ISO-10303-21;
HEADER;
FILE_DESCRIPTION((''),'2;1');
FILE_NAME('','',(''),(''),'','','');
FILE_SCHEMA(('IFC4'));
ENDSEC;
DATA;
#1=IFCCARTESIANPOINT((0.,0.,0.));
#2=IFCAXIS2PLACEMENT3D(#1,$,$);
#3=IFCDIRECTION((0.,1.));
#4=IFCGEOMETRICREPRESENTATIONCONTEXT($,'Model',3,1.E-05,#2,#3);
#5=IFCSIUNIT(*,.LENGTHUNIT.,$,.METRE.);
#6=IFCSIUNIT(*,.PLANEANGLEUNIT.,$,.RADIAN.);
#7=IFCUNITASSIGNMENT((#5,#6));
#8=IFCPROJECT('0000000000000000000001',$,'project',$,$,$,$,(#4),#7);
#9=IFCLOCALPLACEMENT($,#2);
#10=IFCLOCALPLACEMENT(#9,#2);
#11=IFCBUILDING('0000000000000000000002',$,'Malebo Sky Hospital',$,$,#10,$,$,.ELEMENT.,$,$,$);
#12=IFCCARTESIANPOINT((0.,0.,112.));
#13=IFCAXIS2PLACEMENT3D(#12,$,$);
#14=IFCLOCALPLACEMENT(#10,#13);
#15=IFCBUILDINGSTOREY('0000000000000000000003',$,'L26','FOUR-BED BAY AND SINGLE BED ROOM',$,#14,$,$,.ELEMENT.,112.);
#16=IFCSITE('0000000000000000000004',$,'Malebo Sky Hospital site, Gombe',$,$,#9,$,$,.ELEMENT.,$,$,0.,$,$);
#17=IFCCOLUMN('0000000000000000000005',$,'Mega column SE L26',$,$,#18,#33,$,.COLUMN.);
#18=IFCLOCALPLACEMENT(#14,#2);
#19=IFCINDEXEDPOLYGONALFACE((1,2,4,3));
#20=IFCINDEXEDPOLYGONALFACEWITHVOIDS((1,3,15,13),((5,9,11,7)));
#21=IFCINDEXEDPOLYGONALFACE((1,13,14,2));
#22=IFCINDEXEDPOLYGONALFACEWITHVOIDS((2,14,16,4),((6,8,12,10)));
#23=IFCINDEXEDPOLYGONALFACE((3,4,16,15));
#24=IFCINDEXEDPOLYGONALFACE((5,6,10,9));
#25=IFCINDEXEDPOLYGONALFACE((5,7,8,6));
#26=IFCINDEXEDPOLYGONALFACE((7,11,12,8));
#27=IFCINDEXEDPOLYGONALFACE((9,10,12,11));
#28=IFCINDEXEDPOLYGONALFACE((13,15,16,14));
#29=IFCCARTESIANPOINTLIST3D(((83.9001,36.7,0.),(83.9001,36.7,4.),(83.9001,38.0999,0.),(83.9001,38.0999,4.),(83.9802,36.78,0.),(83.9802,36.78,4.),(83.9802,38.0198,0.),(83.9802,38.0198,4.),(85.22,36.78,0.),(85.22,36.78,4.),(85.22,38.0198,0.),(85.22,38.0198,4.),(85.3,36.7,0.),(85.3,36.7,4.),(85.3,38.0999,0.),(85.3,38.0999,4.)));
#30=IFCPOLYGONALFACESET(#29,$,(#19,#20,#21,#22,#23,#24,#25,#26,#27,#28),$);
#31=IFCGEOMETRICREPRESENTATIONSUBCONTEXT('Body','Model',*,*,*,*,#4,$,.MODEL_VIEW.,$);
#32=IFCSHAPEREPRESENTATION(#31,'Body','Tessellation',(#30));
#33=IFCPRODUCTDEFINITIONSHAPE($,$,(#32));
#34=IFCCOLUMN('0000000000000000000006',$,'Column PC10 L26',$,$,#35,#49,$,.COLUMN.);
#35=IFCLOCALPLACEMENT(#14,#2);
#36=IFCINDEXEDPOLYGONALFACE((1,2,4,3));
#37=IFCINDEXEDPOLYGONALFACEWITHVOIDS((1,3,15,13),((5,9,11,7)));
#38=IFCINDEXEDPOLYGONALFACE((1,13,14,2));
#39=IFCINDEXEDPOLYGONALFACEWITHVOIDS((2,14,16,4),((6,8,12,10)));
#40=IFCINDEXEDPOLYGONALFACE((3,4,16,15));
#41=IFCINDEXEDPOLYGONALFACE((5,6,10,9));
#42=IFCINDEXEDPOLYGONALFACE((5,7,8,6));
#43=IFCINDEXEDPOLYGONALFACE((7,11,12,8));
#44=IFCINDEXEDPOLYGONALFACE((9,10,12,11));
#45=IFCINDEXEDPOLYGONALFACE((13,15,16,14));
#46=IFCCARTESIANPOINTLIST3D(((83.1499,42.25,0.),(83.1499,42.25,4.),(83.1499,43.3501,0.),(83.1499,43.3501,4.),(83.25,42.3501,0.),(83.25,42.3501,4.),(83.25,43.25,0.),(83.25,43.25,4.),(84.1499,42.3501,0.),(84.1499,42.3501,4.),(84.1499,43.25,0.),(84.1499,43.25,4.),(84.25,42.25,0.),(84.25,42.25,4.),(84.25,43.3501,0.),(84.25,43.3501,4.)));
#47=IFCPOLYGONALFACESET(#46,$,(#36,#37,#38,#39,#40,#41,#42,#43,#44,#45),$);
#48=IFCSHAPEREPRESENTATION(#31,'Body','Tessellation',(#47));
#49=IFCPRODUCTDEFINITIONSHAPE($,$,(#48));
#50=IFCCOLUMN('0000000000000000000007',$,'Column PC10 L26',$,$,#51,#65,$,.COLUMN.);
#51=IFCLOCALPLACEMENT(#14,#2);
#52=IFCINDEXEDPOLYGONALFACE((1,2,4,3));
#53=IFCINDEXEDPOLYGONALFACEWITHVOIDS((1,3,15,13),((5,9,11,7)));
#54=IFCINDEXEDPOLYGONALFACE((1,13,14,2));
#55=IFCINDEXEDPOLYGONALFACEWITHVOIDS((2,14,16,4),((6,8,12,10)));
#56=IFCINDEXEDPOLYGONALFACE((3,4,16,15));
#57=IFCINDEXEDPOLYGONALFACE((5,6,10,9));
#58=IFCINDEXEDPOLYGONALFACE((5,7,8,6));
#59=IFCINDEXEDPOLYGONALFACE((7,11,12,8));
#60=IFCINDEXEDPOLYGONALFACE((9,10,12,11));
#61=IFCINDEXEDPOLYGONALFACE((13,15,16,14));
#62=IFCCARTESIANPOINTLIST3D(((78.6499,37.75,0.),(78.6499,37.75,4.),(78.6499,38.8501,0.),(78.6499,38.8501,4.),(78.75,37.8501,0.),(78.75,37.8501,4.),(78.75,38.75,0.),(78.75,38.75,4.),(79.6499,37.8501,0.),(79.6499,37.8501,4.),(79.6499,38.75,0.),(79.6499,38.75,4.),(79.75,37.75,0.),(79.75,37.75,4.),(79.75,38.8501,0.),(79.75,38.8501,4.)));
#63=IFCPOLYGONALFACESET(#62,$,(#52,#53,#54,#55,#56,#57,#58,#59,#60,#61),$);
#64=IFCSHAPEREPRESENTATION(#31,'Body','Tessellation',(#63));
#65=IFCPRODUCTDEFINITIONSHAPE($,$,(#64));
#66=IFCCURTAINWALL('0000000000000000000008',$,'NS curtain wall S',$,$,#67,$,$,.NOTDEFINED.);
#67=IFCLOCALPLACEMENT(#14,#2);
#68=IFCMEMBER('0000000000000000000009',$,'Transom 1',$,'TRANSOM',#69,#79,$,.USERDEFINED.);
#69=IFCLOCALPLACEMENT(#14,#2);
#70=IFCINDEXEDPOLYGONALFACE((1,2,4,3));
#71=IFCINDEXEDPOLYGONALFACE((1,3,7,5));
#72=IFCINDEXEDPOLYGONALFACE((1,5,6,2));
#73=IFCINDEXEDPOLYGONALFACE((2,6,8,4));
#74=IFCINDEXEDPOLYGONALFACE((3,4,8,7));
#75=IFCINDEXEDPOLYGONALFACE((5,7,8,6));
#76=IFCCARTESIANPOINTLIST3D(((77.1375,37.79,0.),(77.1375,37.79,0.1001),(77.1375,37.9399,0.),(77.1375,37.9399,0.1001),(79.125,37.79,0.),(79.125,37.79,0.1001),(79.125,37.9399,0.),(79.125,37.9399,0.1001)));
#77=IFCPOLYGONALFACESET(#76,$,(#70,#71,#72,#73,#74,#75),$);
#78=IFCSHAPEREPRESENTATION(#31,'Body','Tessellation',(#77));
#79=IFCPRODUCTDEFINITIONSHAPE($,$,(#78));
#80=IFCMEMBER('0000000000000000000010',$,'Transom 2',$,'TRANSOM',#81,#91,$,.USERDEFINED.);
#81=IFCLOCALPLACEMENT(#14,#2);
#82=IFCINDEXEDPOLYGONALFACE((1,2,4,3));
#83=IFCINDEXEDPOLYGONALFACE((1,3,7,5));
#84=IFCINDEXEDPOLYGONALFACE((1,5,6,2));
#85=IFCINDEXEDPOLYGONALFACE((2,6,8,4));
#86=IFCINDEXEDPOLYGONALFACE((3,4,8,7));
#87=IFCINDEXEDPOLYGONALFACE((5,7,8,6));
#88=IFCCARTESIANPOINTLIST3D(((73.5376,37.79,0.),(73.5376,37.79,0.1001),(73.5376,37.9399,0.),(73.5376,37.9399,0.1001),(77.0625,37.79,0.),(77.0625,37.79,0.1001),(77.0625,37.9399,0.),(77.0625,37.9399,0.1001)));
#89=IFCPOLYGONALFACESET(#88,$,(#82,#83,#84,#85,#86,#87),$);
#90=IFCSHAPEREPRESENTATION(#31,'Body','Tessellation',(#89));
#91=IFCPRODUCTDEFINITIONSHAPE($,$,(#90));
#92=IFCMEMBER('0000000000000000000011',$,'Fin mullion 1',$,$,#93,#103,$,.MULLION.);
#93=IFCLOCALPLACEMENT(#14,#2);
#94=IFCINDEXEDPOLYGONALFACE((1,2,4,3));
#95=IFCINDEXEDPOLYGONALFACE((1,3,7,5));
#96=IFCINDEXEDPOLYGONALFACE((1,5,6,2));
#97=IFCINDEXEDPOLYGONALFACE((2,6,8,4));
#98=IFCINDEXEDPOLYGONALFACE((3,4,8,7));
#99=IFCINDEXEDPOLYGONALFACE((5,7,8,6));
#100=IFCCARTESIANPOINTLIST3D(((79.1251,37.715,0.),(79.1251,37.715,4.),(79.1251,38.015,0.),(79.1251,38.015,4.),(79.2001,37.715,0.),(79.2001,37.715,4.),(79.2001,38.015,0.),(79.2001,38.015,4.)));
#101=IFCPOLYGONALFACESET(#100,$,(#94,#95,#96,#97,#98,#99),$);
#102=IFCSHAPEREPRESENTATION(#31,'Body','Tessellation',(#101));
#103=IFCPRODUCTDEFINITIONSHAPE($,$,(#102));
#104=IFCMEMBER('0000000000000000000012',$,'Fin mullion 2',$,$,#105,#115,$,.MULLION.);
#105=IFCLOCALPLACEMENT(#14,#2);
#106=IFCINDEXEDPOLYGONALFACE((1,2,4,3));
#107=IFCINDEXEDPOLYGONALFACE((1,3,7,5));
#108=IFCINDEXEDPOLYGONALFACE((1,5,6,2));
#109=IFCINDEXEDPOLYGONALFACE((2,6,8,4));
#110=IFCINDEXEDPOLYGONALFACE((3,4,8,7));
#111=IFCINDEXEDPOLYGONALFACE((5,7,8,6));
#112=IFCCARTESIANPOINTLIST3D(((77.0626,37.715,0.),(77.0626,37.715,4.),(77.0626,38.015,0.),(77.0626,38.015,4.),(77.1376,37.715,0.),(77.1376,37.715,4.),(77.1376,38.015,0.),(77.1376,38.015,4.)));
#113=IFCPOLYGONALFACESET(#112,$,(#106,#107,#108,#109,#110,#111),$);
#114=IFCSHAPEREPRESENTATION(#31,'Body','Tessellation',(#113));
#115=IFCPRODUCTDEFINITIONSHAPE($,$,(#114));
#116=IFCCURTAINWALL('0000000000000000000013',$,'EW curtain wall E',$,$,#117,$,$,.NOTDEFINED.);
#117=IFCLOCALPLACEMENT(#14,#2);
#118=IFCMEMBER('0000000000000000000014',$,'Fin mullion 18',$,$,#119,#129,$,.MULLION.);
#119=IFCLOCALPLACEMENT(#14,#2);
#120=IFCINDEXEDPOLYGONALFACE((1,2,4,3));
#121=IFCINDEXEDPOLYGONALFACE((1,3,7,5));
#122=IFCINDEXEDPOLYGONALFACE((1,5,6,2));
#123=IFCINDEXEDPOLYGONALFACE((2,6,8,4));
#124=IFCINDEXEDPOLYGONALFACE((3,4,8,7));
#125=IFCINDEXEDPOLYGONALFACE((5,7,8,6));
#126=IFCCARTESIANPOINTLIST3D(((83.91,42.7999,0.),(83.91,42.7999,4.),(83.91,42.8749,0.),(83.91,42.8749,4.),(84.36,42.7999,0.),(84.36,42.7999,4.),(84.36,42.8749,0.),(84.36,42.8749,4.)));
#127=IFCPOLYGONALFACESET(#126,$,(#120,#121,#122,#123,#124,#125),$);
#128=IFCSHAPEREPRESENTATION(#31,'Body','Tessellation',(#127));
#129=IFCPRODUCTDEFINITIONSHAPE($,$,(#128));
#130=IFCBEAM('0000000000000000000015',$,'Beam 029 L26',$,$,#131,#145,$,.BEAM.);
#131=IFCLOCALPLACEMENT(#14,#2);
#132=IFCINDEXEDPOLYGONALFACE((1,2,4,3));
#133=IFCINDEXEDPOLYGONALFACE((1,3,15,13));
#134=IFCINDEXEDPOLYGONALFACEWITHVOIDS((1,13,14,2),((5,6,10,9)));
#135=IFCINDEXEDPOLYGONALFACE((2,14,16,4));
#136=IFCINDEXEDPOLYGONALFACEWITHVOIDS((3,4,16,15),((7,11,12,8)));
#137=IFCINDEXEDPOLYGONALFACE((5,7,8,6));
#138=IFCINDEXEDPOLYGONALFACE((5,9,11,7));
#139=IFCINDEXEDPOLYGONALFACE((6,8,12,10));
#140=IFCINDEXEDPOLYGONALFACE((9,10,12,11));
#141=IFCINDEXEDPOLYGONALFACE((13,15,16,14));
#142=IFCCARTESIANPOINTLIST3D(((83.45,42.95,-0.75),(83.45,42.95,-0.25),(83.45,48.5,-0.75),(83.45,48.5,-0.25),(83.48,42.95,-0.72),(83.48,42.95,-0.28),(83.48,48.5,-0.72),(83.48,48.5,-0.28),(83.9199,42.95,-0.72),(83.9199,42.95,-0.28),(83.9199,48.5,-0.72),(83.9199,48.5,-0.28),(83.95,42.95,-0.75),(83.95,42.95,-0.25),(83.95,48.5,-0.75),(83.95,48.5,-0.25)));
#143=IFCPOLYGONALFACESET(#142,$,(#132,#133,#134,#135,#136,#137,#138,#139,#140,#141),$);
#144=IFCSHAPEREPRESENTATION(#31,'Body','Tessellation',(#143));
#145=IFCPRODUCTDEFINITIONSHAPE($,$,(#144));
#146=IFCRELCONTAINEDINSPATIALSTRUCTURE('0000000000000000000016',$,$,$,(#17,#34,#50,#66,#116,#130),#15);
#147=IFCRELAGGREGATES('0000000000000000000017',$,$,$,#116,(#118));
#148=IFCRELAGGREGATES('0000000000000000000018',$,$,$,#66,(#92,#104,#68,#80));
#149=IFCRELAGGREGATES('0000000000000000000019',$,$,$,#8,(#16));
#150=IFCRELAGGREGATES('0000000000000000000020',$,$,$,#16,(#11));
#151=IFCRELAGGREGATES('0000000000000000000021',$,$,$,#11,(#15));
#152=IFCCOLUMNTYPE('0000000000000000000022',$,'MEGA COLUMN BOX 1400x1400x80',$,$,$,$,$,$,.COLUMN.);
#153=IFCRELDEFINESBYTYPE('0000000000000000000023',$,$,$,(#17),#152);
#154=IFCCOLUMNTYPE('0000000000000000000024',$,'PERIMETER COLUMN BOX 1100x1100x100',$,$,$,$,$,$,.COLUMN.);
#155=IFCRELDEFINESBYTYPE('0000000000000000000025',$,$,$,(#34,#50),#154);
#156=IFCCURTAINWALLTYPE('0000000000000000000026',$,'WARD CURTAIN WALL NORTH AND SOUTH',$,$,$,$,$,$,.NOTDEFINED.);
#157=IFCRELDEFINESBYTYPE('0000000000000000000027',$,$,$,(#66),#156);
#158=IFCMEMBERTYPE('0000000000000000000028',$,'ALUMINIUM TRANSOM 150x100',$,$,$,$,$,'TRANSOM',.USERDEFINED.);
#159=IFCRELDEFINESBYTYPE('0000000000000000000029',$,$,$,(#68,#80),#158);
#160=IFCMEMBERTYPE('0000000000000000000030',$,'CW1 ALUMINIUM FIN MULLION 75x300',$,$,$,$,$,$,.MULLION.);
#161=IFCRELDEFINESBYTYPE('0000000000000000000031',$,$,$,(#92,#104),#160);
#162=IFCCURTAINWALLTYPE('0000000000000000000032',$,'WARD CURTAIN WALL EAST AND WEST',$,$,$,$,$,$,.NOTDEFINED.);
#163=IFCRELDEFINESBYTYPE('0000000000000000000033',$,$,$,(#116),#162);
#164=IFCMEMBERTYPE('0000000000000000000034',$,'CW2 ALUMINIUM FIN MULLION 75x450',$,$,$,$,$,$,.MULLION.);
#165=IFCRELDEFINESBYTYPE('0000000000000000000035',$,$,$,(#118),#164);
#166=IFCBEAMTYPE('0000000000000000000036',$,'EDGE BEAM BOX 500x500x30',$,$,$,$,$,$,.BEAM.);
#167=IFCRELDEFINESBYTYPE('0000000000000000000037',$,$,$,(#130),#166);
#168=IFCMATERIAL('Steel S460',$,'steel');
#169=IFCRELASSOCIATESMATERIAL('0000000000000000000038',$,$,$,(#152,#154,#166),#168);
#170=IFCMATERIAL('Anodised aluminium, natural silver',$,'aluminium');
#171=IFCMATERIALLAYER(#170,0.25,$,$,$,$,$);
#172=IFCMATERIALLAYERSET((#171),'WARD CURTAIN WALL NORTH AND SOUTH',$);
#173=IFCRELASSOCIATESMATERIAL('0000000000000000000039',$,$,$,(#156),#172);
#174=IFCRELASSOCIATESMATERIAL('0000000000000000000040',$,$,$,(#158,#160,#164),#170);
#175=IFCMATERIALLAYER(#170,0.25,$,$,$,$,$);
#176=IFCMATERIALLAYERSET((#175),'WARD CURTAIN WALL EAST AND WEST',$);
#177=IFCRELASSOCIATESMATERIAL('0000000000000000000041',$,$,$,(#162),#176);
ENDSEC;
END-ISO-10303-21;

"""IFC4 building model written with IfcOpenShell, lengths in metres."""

from ifc_helpers import new_model, si_unit, direction, frame, origin, origin_2d, place, context, subcontext, project, spatial, rectangle, hollow_rectangle, extrude, material, layer, layer_set, material_profile, profile_set, type_object, element, aggregate, save


model = new_model("IFC4")

# Units and contexts
model_context = context("Model", 3, precision=1e-05, world=origin(), true_north=direction((0.0, 1.0)))
body_context = subcontext(model_context, "Body", "Model", "MODEL_VIEW")
ifc_project = project(units=[si_unit("LENGTHUNIT", "METRE"), si_unit("PLANEANGLEUNIT", "RADIAN")], contexts=[model_context])

# Site, building, storey
site_placement = place(None, origin())
site = spatial("IfcSite", under=ifc_project, at=site_placement, Name="Malebo Sky Hospital site, Gombe", CompositionType="ELEMENT", RefElevation=0.0)
building_placement = place(site_placement, origin())
building = spatial("IfcBuilding", under=site, at=building_placement, Name="Malebo Sky Hospital", CompositionType="ELEMENT")
storey_placement = place(building_placement, frame((0.0, 0.0, 112.0)))
storey = spatial("IfcBuildingStorey", under=building, at=storey_placement, Name="L26", Description="FOUR-BED BAY AND SINGLE BED ROOM", CompositionType="ELEMENT", Elevation=112.0)

# Columns
ifc_material_1 = material(Name="Steel S460", Category="steel")
ifc_material_profile_1 = material_profile(ifc_material_1, hollow_rectangle(XDim=1.3999, YDim=1.3999, WallThickness=0.0801, at=origin_2d()), Name="BOX 1400x1400x80")
ifc_profile_set_1 = profile_set([ifc_material_profile_1], Name="Steel S460")
column_type_1 = type_object("IfcColumnType", Name="MEGA COLUMN BOX 1400x1400x80", PredefinedType="COLUMN", material=ifc_profile_set_1)
column_placement = place(storey_placement, frame((84.6001, 37.3999, 0.0), z_axis=(0.0, 0.0, 1.0), x_axis=(1.0, 0.0, 0.0)))
element("IfcColumn", 1, at=column_placement, inside=storey, type_object=column_type_1, Name="Mega column SE L26", PredefinedType="COLUMN", context=body_context, shape_type="SweptSolid", body=[
    extrude(hollow_rectangle(XDim=1.3999, YDim=1.3999, WallThickness=0.0801, at=origin_2d()), origin(), (0.0, 0.0, 1.0), 4.0),
])
ifc_material_profile_2 = material_profile(ifc_material_1, hollow_rectangle(XDim=1.1001, YDim=1.1001, WallThickness=0.1001, at=origin_2d()), Name="BOX 1100x1100x100")
ifc_profile_set_2 = profile_set([ifc_material_profile_2], Name="Steel S460")
column_type_2 = type_object("IfcColumnType", Name="PERIMETER COLUMN BOX 1100x1100x100", PredefinedType="COLUMN", material=ifc_profile_set_2)
for number, where, z_axis, x_axis, name in (
    (2, (83.7, 42.8, 0.0), (0.0, 0.0, 1.0), (1.0, 0.0, 0.0), "Column PC10 L26"),
    (3, (79.2, 38.3, 0.0), (0.0, 0.0, 1.0), (1.0, 0.0, 0.0), "Column PC10 L26"),
):
    element("IfcColumn", number, at=place(storey_placement, frame(where, z_axis=z_axis, x_axis=x_axis)), inside=storey, type_object=column_type_2, Name=name, PredefinedType="COLUMN", context=body_context, shape_type="SweptSolid", body=[
        extrude(hollow_rectangle(XDim=1.1001, YDim=1.1001, WallThickness=0.1001, at=origin_2d()), origin(), (0.0, 0.0, 1.0), 4.0),
    ])

# Curtain wall, members
ifc_material_2 = material(Name="Anodised aluminium, natural silver", Category="aluminium")
ifc_layer_1 = layer(ifc_material_2, 0.25)
ifc_layer_set_1 = layer_set([ifc_layer_1], Name="WARD CURTAIN WALL NORTH AND SOUTH")
curtain_wall_type_1 = type_object("IfcCurtainWallType", Name="WARD CURTAIN WALL NORTH AND SOUTH", PredefinedType="NOTDEFINED", material=ifc_layer_set_1)
curtain_wall_1_placement = place(storey_placement, origin())
curtain_wall_1 = element("IfcCurtainWall", 4, at=curtain_wall_1_placement, inside=storey, type_object=curtain_wall_type_1, Name="NS curtain wall S", PredefinedType="NOTDEFINED")
ifc_material_profile_3 = material_profile(ifc_material_2, rectangle(XDim=0.1499, YDim=0.1001, at=origin_2d()), Name="ALUMINIUM TRANSOM 150x100")
ifc_profile_set_3 = profile_set([ifc_material_profile_3], Name="Anodised aluminium, natural silver")
member_type_1 = type_object("IfcMemberType", Name="ALUMINIUM TRANSOM 150x100", ElementType="TRANSOM", PredefinedType="USERDEFINED", material=ifc_profile_set_3)
member_1_placement = place(storey_placement, frame((79.125, 37.865, 0.05), z_axis=(-1.0, 0.0, 0.0), x_axis=(0.0, -1.0, 0.0)))
member_1 = element("IfcMember", 5, at=member_1_placement, type_object=member_type_1, Name="Transom 1", ObjectType="TRANSOM", PredefinedType="USERDEFINED", context=body_context, shape_type="SweptSolid", body=[
    extrude(rectangle(XDim=0.1499, YDim=0.1001, at=origin_2d()), origin(), (0.0, 0.0, 1.0), 1.9875),
])
member_2_placement = place(storey_placement, frame((77.0625, 37.865, 0.05), z_axis=(-1.0, 0.0, 0.0), x_axis=(0.0, -1.0, 0.0)))
member_2 = element("IfcMember", 6, at=member_2_placement, type_object=member_type_1, Name="Transom 2", ObjectType="TRANSOM", PredefinedType="USERDEFINED", context=body_context, shape_type="SweptSolid", body=[
    extrude(rectangle(XDim=0.1499, YDim=0.1001, at=origin_2d()), origin(), (0.0, 0.0, 1.0), 3.5249),
])
ifc_material_profile_4 = material_profile(ifc_material_2, rectangle(XDim=0.075, YDim=0.3, at=origin_2d()), Name="CW1 ALUMINIUM FIN MULLION 75x300")
ifc_profile_set_4 = profile_set([ifc_material_profile_4], Name="Anodised aluminium, natural silver")
member_type_2 = type_object("IfcMemberType", Name="CW1 ALUMINIUM FIN MULLION 75x300", PredefinedType="MULLION", material=ifc_profile_set_4)
member_3_placement = place(storey_placement, frame((79.1626, 37.865, 0.0), z_axis=(0.0, 0.0, 1.0), x_axis=(-1.0, 0.0, 0.0)))
member_3 = element("IfcMember", 7, at=member_3_placement, type_object=member_type_2, Name="Fin mullion 1", PredefinedType="MULLION", context=body_context, shape_type="SweptSolid", body=[
    extrude(rectangle(XDim=0.075, YDim=0.3, at=origin_2d()), origin(), (0.0, 0.0, 1.0), 4.0),
])
member_4_placement = place(storey_placement, frame((77.1001, 37.865, 0.0), z_axis=(0.0, 0.0, 1.0), x_axis=(-1.0, 0.0, 0.0)))
member_4 = element("IfcMember", 8, at=member_4_placement, type_object=member_type_2, Name="Fin mullion 2", PredefinedType="MULLION", context=body_context, shape_type="SweptSolid", body=[
    extrude(rectangle(XDim=0.075, YDim=0.3, at=origin_2d()), origin(), (0.0, 0.0, 1.0), 4.0),
])

# Curtain wall, member
ifc_layer_2 = layer(ifc_material_2, 0.25)
ifc_layer_set_2 = layer_set([ifc_layer_2], Name="WARD CURTAIN WALL EAST AND WEST")
curtain_wall_type_2 = type_object("IfcCurtainWallType", Name="WARD CURTAIN WALL EAST AND WEST", PredefinedType="NOTDEFINED", material=ifc_layer_set_2)
curtain_wall_2_placement = place(storey_placement, origin())
curtain_wall_2 = element("IfcCurtainWall", 9, at=curtain_wall_2_placement, inside=storey, type_object=curtain_wall_type_2, Name="EW curtain wall E", PredefinedType="NOTDEFINED")
ifc_material_profile_5 = material_profile(ifc_material_2, rectangle(XDim=0.075, YDim=0.45, at=origin_2d()), Name="CW2 ALUMINIUM FIN MULLION 75x450")
ifc_profile_set_5 = profile_set([ifc_material_profile_5], Name="Anodised aluminium, natural silver")
member_type_3 = type_object("IfcMemberType", Name="CW2 ALUMINIUM FIN MULLION 75x450", PredefinedType="MULLION", material=ifc_profile_set_5)
member_5_placement = place(storey_placement, frame((84.135, 42.8374, 0.0), z_axis=(0.0, 0.0, 1.0), x_axis=(0.0, -1.0, 0.0)))
member_5 = element("IfcMember", 10, at=member_5_placement, type_object=member_type_3, Name="Fin mullion 18", PredefinedType="MULLION", context=body_context, shape_type="SweptSolid", body=[
    extrude(rectangle(XDim=0.075, YDim=0.45, at=origin_2d()), origin(), (0.0, 0.0, 1.0), 4.0),
])
aggregate(curtain_wall_2, [member_5])

# Beam
ifc_material_profile_6 = material_profile(ifc_material_1, hollow_rectangle(XDim=0.5, YDim=0.5, WallThickness=0.03, at=origin_2d()), Name="BOX 500x500x30")
ifc_profile_set_6 = profile_set([ifc_material_profile_6], Name="Steel S460")
beam_type_1 = type_object("IfcBeamType", Name="EDGE BEAM BOX 500x500x30", PredefinedType="BEAM", material=ifc_profile_set_6)
beam_1_placement = place(storey_placement, frame((83.7, 42.95, -0.5), z_axis=(0.0, 1.0, 0.0), x_axis=(-1.0, 0.0, 0.0)))
element("IfcBeam", 11, at=beam_1_placement, inside=storey, type_object=beam_type_1, Name="Beam 029 L26", PredefinedType="BEAM", context=body_context, shape_type="SweptSolid", body=[
    extrude(hollow_rectangle(XDim=0.5, YDim=0.5, WallThickness=0.03, at=origin_2d()), origin(), (0.0, 0.0, 1.0), 5.55),
])

aggregate(curtain_wall_1, [member_3, member_4, member_1, member_2])

save(model, "model.ifc")
